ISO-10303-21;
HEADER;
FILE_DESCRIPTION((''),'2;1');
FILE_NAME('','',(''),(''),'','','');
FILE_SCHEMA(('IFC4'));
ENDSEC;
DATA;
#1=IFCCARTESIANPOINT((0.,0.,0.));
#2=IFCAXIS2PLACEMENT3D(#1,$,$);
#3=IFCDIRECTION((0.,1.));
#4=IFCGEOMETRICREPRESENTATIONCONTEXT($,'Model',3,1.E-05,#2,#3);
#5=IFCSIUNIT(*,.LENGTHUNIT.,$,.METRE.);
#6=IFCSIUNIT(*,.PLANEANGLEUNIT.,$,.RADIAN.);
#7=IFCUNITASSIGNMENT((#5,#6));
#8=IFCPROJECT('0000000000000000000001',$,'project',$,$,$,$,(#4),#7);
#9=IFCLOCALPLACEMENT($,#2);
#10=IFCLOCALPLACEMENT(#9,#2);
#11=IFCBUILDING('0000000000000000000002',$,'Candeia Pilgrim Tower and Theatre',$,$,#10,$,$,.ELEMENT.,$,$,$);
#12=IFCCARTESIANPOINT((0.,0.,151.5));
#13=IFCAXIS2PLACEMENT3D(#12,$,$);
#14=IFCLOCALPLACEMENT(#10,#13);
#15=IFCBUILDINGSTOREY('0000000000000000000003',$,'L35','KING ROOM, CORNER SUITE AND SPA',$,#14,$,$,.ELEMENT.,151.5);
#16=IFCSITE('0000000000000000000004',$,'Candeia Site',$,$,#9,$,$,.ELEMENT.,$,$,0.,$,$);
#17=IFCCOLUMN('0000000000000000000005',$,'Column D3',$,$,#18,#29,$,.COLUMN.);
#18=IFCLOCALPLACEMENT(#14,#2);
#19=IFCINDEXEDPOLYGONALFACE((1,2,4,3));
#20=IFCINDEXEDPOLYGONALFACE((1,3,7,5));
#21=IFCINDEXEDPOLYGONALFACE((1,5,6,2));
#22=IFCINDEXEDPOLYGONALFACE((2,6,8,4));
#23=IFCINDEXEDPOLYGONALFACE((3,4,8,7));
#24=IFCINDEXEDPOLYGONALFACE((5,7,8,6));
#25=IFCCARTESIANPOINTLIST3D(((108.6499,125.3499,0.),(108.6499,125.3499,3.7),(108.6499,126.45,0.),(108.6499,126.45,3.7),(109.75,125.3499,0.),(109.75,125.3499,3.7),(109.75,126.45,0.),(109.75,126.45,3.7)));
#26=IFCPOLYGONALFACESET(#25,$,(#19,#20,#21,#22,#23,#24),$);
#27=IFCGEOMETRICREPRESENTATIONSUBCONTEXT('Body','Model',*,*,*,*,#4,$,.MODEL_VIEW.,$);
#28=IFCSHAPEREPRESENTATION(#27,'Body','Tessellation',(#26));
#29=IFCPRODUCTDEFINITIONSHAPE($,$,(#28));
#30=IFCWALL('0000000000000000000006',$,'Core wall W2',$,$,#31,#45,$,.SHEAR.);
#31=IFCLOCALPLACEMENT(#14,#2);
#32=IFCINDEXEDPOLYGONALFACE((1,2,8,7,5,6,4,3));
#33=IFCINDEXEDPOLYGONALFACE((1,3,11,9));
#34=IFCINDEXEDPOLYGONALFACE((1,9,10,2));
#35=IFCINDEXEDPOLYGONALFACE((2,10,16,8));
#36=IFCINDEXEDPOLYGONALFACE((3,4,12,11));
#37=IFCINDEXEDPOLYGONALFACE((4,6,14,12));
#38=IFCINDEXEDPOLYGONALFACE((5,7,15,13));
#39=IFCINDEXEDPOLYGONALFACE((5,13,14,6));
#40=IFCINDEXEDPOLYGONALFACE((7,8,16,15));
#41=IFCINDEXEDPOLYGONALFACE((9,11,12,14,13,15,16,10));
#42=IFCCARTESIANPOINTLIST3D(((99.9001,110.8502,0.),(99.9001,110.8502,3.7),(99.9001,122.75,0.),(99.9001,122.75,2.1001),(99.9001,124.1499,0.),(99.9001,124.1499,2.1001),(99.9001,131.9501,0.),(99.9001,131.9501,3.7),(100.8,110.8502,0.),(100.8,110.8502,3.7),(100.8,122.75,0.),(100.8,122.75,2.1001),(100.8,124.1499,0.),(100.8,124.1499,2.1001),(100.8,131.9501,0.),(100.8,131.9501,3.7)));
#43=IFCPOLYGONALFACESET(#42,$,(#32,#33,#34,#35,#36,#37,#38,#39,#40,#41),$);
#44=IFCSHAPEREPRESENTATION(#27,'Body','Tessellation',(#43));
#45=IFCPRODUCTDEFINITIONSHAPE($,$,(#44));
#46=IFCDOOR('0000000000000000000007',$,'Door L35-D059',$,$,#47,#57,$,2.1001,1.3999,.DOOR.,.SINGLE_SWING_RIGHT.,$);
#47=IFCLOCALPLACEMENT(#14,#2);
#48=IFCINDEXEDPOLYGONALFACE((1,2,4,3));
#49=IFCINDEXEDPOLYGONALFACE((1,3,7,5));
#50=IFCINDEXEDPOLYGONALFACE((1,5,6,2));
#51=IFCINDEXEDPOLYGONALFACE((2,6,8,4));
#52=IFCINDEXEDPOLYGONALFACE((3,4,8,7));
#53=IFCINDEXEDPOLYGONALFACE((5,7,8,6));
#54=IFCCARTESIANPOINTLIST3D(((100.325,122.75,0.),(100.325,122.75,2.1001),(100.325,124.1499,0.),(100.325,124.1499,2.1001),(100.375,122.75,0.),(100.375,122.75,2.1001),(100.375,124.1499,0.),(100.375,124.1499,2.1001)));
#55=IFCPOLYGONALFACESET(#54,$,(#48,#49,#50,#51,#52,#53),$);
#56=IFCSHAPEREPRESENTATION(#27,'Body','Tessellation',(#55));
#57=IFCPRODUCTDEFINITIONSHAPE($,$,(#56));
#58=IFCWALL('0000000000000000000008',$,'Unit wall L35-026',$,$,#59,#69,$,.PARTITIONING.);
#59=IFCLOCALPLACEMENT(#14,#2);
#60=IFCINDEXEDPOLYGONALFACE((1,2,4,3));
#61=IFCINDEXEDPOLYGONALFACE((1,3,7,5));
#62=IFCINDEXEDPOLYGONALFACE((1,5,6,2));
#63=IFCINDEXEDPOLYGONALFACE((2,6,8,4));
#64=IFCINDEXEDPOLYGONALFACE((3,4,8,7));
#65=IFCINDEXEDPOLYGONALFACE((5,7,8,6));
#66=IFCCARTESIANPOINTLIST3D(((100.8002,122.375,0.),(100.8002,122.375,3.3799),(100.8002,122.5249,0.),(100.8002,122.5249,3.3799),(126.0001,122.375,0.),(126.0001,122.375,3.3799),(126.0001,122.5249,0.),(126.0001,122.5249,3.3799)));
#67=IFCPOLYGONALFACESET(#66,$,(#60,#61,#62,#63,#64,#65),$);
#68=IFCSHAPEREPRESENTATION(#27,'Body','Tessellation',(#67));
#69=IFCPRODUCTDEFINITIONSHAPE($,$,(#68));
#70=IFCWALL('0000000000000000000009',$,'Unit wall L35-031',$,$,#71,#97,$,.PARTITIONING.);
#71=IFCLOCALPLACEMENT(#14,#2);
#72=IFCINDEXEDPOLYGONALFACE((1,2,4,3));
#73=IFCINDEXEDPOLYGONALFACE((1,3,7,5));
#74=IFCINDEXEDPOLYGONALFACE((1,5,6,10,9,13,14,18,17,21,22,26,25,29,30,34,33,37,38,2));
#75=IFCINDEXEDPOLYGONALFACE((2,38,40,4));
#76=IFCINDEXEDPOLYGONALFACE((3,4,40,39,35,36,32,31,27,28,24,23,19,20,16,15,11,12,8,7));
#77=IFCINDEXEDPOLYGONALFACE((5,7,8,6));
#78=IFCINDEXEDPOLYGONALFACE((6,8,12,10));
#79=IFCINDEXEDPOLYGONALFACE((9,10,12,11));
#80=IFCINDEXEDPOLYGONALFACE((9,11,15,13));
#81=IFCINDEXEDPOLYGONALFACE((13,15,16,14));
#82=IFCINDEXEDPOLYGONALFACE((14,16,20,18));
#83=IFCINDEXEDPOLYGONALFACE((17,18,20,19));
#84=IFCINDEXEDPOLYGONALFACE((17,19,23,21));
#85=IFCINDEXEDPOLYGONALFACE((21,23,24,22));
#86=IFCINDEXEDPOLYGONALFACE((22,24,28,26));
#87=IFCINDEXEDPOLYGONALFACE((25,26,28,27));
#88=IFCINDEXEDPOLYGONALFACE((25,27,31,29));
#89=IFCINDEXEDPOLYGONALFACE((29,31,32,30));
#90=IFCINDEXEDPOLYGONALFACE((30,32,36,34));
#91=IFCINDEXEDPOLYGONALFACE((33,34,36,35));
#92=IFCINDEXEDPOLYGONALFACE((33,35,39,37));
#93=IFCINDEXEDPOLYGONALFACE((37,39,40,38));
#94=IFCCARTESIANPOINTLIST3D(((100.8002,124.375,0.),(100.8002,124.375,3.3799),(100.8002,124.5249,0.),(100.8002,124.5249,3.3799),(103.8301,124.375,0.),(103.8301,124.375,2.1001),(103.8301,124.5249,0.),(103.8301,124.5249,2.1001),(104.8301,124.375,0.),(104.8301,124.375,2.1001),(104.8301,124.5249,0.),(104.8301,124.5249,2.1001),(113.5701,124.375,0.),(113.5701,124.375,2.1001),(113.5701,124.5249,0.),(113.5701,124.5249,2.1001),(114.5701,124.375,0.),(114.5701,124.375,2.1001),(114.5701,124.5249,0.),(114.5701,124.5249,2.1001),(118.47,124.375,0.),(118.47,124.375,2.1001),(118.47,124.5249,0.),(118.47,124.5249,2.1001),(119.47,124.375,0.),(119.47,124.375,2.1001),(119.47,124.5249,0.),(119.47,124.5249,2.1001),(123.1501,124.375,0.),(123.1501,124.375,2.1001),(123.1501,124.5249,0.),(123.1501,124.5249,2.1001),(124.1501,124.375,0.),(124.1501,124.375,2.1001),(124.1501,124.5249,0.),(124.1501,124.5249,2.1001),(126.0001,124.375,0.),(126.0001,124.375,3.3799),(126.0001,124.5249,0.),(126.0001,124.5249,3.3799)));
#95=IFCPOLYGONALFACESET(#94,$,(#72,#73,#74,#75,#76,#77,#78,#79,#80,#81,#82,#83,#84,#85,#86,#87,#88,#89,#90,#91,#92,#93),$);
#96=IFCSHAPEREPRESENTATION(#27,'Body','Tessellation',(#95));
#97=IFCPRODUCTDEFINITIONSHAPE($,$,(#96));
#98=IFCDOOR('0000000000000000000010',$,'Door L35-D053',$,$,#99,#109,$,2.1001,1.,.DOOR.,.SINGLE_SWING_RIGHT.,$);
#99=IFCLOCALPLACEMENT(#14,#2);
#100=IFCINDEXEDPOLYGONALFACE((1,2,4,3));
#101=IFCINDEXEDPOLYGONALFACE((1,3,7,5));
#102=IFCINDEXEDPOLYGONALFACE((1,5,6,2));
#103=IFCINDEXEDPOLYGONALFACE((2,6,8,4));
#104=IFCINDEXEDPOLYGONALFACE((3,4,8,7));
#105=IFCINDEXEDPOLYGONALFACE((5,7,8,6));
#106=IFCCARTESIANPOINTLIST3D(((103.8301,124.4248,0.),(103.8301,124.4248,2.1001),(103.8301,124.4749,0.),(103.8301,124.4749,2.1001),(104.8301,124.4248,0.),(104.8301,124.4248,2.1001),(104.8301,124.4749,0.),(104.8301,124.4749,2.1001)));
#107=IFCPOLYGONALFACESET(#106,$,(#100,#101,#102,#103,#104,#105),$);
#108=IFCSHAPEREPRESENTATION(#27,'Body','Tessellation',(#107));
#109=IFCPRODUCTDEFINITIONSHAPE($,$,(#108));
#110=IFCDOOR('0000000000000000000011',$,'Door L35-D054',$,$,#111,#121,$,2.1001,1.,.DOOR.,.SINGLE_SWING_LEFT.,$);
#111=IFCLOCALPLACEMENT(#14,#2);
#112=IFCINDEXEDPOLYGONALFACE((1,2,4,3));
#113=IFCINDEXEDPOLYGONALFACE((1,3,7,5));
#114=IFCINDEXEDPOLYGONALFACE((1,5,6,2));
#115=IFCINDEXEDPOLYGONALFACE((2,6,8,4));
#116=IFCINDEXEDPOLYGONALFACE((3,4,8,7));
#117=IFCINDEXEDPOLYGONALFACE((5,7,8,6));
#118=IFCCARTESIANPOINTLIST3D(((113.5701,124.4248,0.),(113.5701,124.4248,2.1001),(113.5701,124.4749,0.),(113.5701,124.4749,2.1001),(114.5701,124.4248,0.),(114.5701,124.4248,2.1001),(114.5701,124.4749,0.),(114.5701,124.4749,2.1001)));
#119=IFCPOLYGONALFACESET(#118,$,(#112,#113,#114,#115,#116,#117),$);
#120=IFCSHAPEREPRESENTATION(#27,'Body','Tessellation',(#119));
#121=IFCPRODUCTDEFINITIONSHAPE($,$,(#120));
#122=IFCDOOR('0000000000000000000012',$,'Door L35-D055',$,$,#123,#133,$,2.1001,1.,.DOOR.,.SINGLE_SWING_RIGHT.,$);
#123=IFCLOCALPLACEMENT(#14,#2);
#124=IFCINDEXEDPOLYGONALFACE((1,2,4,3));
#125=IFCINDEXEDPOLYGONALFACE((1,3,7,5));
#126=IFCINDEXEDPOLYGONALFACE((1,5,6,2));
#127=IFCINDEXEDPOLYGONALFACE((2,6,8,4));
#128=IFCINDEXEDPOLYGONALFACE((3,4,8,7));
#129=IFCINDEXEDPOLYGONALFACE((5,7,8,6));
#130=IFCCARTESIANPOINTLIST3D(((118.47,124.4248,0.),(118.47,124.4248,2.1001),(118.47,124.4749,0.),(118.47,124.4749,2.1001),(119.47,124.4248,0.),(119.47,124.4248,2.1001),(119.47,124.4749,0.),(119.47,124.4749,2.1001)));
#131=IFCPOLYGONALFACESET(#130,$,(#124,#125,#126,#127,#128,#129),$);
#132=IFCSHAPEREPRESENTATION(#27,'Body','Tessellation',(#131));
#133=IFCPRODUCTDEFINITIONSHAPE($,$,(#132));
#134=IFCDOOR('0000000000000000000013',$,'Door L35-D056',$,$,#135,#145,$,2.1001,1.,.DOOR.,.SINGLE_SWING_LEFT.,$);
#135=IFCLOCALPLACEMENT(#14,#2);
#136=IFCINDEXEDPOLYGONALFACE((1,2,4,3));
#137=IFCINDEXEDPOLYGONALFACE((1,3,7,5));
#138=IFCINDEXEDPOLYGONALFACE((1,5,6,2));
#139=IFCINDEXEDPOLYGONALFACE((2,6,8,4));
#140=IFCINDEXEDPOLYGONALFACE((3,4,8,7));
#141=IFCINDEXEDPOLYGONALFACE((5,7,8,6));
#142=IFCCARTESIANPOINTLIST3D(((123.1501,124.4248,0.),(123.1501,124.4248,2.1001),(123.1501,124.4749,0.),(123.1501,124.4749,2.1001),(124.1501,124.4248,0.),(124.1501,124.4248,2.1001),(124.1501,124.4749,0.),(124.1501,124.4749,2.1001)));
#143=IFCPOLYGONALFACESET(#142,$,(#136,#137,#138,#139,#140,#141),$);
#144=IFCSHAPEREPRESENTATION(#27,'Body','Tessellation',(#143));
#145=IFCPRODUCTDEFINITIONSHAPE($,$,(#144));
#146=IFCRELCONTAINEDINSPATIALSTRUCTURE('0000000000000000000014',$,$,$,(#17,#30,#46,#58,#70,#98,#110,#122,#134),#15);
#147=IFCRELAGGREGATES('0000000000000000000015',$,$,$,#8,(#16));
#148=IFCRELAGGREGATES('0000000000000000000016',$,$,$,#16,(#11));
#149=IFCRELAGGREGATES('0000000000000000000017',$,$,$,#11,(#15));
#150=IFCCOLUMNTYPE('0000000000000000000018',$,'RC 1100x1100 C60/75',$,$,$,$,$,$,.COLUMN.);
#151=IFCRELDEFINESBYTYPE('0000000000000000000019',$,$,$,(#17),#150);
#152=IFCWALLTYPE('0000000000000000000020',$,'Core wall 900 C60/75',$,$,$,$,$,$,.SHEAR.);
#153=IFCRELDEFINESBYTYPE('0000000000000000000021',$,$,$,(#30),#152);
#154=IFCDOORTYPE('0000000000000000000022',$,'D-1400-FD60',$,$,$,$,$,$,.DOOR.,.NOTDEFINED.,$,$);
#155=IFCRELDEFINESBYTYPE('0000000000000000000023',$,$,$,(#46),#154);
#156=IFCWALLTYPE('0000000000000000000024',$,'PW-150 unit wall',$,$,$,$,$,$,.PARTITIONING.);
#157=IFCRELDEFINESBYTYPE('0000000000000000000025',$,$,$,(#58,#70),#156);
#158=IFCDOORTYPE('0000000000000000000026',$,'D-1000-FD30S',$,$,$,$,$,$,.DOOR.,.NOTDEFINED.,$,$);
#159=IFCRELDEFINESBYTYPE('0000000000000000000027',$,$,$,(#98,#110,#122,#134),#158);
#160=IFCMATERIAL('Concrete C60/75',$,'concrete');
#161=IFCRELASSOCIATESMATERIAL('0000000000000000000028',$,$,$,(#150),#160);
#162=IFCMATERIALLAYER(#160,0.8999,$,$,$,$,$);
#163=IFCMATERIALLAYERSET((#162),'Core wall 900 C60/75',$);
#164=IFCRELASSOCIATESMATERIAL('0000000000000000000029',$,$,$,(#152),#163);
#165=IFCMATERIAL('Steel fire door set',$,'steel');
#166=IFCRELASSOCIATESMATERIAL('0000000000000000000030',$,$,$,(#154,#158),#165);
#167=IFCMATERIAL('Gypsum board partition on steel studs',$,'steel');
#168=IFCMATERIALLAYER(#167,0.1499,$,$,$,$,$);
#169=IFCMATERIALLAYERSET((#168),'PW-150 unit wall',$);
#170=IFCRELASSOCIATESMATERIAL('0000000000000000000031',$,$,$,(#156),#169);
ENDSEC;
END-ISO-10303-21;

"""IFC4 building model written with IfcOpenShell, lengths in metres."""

from ifc_helpers import new_model, si_unit, direction, frame, frame_2d, origin, origin_2d, place, context, subcontext, project, spatial, rectangle, extrude, material, layer, layer_set, material_profile, profile_set, type_object, element, fill, save


model = new_model("IFC4")

# Units and contexts
model_context = context("Model", 3, precision=1e-05, world=origin(), true_north=direction((0.0, 1.0)))
body_context = subcontext(model_context, "Body", "Model", "MODEL_VIEW")
ifc_project = project(units=[si_unit("LENGTHUNIT", "METRE"), si_unit("PLANEANGLEUNIT", "RADIAN")], contexts=[model_context])

# Site, building, storey
site_placement = place(None, origin())
site = spatial("IfcSite", under=ifc_project, at=site_placement, Name="Candeia Site", CompositionType="ELEMENT", RefElevation=0.0)
building_placement = place(site_placement, origin())
building = spatial("IfcBuilding", under=site, at=building_placement, Name="Candeia Pilgrim Tower and Theatre", CompositionType="ELEMENT")
storey_placement = place(building_placement, frame((0.0, 0.0, 151.5)))
storey = spatial("IfcBuildingStorey", under=building, at=storey_placement, Name="L35", Description="KING ROOM, CORNER SUITE AND SPA", CompositionType="ELEMENT", Elevation=151.5)

# Column
ifc_material_1 = material(Name="Concrete C60/75", Category="concrete")
ifc_material_profile = material_profile(ifc_material_1, rectangle(XDim=1.1001, YDim=1.1001, at=origin_2d()))
ifc_profile_set = profile_set([ifc_material_profile], Name="Concrete C60/75")
column_type = type_object("IfcColumnType", Name="RC 1100x1100 C60/75", PredefinedType="COLUMN", material=ifc_profile_set)
column_placement = place(storey_placement, frame((109.2, 125.8999, 0.0), z_axis=(0.0, 0.0, 1.0), x_axis=(1.0, 0.0, 0.0)))
element("IfcColumn", 1, at=column_placement, inside=storey, type_object=column_type, Name="Column D3", PredefinedType="COLUMN", context=body_context, shape_type="SweptSolid", body=[
    extrude(rectangle(XDim=1.1001, YDim=1.1001, at=origin_2d()), origin(), (0.0, 0.0, 1.0), 3.7),
])

# Wall, opening, door
ifc_layer_1 = layer(ifc_material_1, 0.8999)
ifc_layer_set_1 = layer_set([ifc_layer_1], Name="Core wall 900 C60/75")
wall_type_1 = type_object("IfcWallType", Name="Core wall 900 C60/75", PredefinedType="SHEAR", material=ifc_layer_set_1)
wall_1_placement = place(storey_placement, frame((100.3501, 131.95, 0.0), z_axis=(0.0, 0.0, 1.0), x_axis=(0.0, -1.0, 0.0)))
wall_1 = element("IfcWall", 2, at=wall_1_placement, inside=storey, type_object=wall_type_1, Name="Core wall W2", PredefinedType="SHEAR", context=body_context, shape_type="SweptSolid", body=[
    extrude(rectangle(XDim=21.0999, YDim=0.8999, at=frame_2d((10.5498, 0.0))), origin(), (0.0, 0.0, 1.0), 3.7),
])
opening_1_placement = place(wall_1_placement, frame((7.8, 0.0, 0.0)))
opening_1 = element("IfcOpeningElement", 3, at=opening_1_placement, cuts=wall_1, PredefinedType="OPENING", context=body_context, shape_type="SweptSolid", body=[
    extrude(rectangle(XDim=1.3999, YDim=2.1001, at=frame_2d((0.7, 1.05))), frame((0.0, 0.46, 0.0), z_axis=(0.0, -1.0, 0.0), x_axis=(1.0, 0.0, 0.0)), (0.0, 0.0, 1.0), 0.9199),
])
ifc_material_2 = material(Name="Steel fire door set", Category="steel")
door_type_1 = type_object("IfcDoorType", Name="D-1400-FD60", OperationType="NOTDEFINED", PredefinedType="DOOR", material=ifc_material_2)
door_1_placement = place(opening_1_placement, origin())
door_1 = element("IfcDoor", 4, at=door_1_placement, inside=storey, type_object=door_type_1, Name="Door L35-D059", OperationType="SINGLE_SWING_RIGHT", OverallHeight=2.1001, OverallWidth=1.3999, PredefinedType="DOOR", context=body_context, shape_type="SweptSolid", body=[
    extrude(rectangle(XDim=1.3999, YDim=2.1001, at=frame_2d((0.7, 1.05))), frame((0.0, 0.0249, 0.0), z_axis=(0.0, -1.0, 0.0), x_axis=(1.0, 0.0, 0.0)), (0.0, 0.0, 1.0), 0.05),
])
fill(opening_1, door_1)

# Wall
ifc_material_3 = material(Name="Gypsum board partition on steel studs", Category="steel")
ifc_layer_2 = layer(ifc_material_3, 0.1499)
ifc_layer_set_2 = layer_set([ifc_layer_2], Name="PW-150 unit wall")
wall_type_2 = type_object("IfcWallType", Name="PW-150 unit wall", PredefinedType="PARTITIONING", material=ifc_layer_set_2)
wall_2_placement = place(storey_placement, frame((100.8, 122.45, 0.0), z_axis=(0.0, 0.0, 1.0), x_axis=(1.0, 0.0, 0.0)))
element("IfcWall", 5, at=wall_2_placement, inside=storey, type_object=wall_type_2, Name="Unit wall L35-026", PredefinedType="PARTITIONING", context=body_context, shape_type="SweptSolid", body=[
    extrude(rectangle(XDim=25.2, YDim=0.1499, at=frame_2d((12.6001, 0.0))), origin(), (0.0, 0.0, 1.0), 3.3799),
])

# Wall, openings, doors
wall_3_placement = place(storey_placement, frame((100.8, 124.45, 0.0), z_axis=(0.0, 0.0, 1.0), x_axis=(1.0, 0.0, 0.0)))
wall_3 = element("IfcWall", 6, at=wall_3_placement, inside=storey, type_object=wall_type_2, Name="Unit wall L35-031", PredefinedType="PARTITIONING", context=body_context, shape_type="SweptSolid", body=[
    extrude(rectangle(XDim=25.2, YDim=0.1499, at=frame_2d((12.6001, 0.0))), origin(), (0.0, 0.0, 1.0), 3.3799),
])
opening_2_placement = place(wall_3_placement, frame((3.03, 0.0, 0.0)))
opening_2 = element("IfcOpeningElement", 7, at=opening_2_placement, cuts=wall_3, PredefinedType="OPENING", context=body_context, shape_type="SweptSolid", body=[
    extrude(rectangle(XDim=1.0, YDim=2.1001, at=frame_2d((0.5, 1.05))), frame((0.0, 0.085, 0.0), z_axis=(0.0, -1.0, 0.0), x_axis=(1.0, 0.0, 0.0)), (0.0, 0.0, 1.0), 0.1699),
])
opening_3_placement = place(wall_3_placement, frame((12.77, 0.0, 0.0)))
opening_3 = element("IfcOpeningElement", 8, at=opening_3_placement, cuts=wall_3, PredefinedType="OPENING", context=body_context, shape_type="SweptSolid", body=[
    extrude(rectangle(XDim=1.0, YDim=2.1001, at=frame_2d((0.5, 1.05))), frame((0.0, 0.085, 0.0), z_axis=(0.0, -1.0, 0.0), x_axis=(1.0, 0.0, 0.0)), (0.0, 0.0, 1.0), 0.1699),
])
opening_4_placement = place(wall_3_placement, frame((17.6699, 0.0, 0.0)))
opening_4 = element("IfcOpeningElement", 9, at=opening_4_placement, cuts=wall_3, PredefinedType="OPENING", context=body_context, shape_type="SweptSolid", body=[
    extrude(rectangle(XDim=1.0, YDim=2.1001, at=frame_2d((0.5, 1.05))), frame((0.0, 0.085, 0.0), z_axis=(0.0, -1.0, 0.0), x_axis=(1.0, 0.0, 0.0)), (0.0, 0.0, 1.0), 0.1699),
])
opening_5_placement = place(wall_3_placement, frame((22.3501, 0.0, 0.0)))
opening_5 = element("IfcOpeningElement", 10, at=opening_5_placement, cuts=wall_3, PredefinedType="OPENING", context=body_context, shape_type="SweptSolid", body=[
    extrude(rectangle(XDim=1.0, YDim=2.1001, at=frame_2d((0.5, 1.05))), frame((0.0, 0.085, 0.0), z_axis=(0.0, -1.0, 0.0), x_axis=(1.0, 0.0, 0.0)), (0.0, 0.0, 1.0), 0.1699),
])
door_type_2 = type_object("IfcDoorType", Name="D-1000-FD30S", OperationType="NOTDEFINED", PredefinedType="DOOR", material=ifc_material_2)
door_2_placement = place(opening_2_placement, origin())
door_2 = element("IfcDoor", 11, at=door_2_placement, inside=storey, type_object=door_type_2, Name="Door L35-D053", OperationType="SINGLE_SWING_RIGHT", OverallHeight=2.1001, OverallWidth=1.0, PredefinedType="DOOR", context=body_context, shape_type="SweptSolid", body=[
    extrude(rectangle(XDim=1.0, YDim=2.1001, at=frame_2d((0.5, 1.05))), frame((0.0, 0.0249, 0.0), z_axis=(0.0, -1.0, 0.0), x_axis=(1.0, 0.0, 0.0)), (0.0, 0.0, 1.0), 0.05),
])
fill(opening_2, door_2)
door_3_placement = place(opening_3_placement, origin())
door_3 = element("IfcDoor", 12, at=door_3_placement, inside=storey, type_object=door_type_2, Name="Door L35-D054", OperationType="SINGLE_SWING_LEFT", OverallHeight=2.1001, OverallWidth=1.0, PredefinedType="DOOR", context=body_context, shape_type="SweptSolid", body=[
    extrude(rectangle(XDim=1.0, YDim=2.1001, at=frame_2d((0.5, 1.05))), frame((0.0, 0.0249, 0.0), z_axis=(0.0, -1.0, 0.0), x_axis=(1.0, 0.0, 0.0)), (0.0, 0.0, 1.0), 0.05),
])
fill(opening_3, door_3)
door_4_placement = place(opening_4_placement, origin())
door_4 = element("IfcDoor", 13, at=door_4_placement, inside=storey, type_object=door_type_2, Name="Door L35-D055", OperationType="SINGLE_SWING_RIGHT", OverallHeight=2.1001, OverallWidth=1.0, PredefinedType="DOOR", context=body_context, shape_type="SweptSolid", body=[
    extrude(rectangle(XDim=1.0, YDim=2.1001, at=frame_2d((0.5, 1.05))), frame((0.0, 0.0249, 0.0), z_axis=(0.0, -1.0, 0.0), x_axis=(1.0, 0.0, 0.0)), (0.0, 0.0, 1.0), 0.05),
])
fill(opening_4, door_4)
door_5_placement = place(opening_5_placement, origin())
door_5 = element("IfcDoor", 14, at=door_5_placement, inside=storey, type_object=door_type_2, Name="Door L35-D056", OperationType="SINGLE_SWING_LEFT", OverallHeight=2.1001, OverallWidth=1.0, PredefinedType="DOOR", context=body_context, shape_type="SweptSolid", body=[
    extrude(rectangle(XDim=1.0, YDim=2.1001, at=frame_2d((0.5, 1.05))), frame((0.0, 0.0249, 0.0), z_axis=(0.0, -1.0, 0.0), x_axis=(1.0, 0.0, 0.0)), (0.0, 0.0, 1.0), 0.05),
])
fill(opening_5, door_5)

save(model, "model.ifc")
